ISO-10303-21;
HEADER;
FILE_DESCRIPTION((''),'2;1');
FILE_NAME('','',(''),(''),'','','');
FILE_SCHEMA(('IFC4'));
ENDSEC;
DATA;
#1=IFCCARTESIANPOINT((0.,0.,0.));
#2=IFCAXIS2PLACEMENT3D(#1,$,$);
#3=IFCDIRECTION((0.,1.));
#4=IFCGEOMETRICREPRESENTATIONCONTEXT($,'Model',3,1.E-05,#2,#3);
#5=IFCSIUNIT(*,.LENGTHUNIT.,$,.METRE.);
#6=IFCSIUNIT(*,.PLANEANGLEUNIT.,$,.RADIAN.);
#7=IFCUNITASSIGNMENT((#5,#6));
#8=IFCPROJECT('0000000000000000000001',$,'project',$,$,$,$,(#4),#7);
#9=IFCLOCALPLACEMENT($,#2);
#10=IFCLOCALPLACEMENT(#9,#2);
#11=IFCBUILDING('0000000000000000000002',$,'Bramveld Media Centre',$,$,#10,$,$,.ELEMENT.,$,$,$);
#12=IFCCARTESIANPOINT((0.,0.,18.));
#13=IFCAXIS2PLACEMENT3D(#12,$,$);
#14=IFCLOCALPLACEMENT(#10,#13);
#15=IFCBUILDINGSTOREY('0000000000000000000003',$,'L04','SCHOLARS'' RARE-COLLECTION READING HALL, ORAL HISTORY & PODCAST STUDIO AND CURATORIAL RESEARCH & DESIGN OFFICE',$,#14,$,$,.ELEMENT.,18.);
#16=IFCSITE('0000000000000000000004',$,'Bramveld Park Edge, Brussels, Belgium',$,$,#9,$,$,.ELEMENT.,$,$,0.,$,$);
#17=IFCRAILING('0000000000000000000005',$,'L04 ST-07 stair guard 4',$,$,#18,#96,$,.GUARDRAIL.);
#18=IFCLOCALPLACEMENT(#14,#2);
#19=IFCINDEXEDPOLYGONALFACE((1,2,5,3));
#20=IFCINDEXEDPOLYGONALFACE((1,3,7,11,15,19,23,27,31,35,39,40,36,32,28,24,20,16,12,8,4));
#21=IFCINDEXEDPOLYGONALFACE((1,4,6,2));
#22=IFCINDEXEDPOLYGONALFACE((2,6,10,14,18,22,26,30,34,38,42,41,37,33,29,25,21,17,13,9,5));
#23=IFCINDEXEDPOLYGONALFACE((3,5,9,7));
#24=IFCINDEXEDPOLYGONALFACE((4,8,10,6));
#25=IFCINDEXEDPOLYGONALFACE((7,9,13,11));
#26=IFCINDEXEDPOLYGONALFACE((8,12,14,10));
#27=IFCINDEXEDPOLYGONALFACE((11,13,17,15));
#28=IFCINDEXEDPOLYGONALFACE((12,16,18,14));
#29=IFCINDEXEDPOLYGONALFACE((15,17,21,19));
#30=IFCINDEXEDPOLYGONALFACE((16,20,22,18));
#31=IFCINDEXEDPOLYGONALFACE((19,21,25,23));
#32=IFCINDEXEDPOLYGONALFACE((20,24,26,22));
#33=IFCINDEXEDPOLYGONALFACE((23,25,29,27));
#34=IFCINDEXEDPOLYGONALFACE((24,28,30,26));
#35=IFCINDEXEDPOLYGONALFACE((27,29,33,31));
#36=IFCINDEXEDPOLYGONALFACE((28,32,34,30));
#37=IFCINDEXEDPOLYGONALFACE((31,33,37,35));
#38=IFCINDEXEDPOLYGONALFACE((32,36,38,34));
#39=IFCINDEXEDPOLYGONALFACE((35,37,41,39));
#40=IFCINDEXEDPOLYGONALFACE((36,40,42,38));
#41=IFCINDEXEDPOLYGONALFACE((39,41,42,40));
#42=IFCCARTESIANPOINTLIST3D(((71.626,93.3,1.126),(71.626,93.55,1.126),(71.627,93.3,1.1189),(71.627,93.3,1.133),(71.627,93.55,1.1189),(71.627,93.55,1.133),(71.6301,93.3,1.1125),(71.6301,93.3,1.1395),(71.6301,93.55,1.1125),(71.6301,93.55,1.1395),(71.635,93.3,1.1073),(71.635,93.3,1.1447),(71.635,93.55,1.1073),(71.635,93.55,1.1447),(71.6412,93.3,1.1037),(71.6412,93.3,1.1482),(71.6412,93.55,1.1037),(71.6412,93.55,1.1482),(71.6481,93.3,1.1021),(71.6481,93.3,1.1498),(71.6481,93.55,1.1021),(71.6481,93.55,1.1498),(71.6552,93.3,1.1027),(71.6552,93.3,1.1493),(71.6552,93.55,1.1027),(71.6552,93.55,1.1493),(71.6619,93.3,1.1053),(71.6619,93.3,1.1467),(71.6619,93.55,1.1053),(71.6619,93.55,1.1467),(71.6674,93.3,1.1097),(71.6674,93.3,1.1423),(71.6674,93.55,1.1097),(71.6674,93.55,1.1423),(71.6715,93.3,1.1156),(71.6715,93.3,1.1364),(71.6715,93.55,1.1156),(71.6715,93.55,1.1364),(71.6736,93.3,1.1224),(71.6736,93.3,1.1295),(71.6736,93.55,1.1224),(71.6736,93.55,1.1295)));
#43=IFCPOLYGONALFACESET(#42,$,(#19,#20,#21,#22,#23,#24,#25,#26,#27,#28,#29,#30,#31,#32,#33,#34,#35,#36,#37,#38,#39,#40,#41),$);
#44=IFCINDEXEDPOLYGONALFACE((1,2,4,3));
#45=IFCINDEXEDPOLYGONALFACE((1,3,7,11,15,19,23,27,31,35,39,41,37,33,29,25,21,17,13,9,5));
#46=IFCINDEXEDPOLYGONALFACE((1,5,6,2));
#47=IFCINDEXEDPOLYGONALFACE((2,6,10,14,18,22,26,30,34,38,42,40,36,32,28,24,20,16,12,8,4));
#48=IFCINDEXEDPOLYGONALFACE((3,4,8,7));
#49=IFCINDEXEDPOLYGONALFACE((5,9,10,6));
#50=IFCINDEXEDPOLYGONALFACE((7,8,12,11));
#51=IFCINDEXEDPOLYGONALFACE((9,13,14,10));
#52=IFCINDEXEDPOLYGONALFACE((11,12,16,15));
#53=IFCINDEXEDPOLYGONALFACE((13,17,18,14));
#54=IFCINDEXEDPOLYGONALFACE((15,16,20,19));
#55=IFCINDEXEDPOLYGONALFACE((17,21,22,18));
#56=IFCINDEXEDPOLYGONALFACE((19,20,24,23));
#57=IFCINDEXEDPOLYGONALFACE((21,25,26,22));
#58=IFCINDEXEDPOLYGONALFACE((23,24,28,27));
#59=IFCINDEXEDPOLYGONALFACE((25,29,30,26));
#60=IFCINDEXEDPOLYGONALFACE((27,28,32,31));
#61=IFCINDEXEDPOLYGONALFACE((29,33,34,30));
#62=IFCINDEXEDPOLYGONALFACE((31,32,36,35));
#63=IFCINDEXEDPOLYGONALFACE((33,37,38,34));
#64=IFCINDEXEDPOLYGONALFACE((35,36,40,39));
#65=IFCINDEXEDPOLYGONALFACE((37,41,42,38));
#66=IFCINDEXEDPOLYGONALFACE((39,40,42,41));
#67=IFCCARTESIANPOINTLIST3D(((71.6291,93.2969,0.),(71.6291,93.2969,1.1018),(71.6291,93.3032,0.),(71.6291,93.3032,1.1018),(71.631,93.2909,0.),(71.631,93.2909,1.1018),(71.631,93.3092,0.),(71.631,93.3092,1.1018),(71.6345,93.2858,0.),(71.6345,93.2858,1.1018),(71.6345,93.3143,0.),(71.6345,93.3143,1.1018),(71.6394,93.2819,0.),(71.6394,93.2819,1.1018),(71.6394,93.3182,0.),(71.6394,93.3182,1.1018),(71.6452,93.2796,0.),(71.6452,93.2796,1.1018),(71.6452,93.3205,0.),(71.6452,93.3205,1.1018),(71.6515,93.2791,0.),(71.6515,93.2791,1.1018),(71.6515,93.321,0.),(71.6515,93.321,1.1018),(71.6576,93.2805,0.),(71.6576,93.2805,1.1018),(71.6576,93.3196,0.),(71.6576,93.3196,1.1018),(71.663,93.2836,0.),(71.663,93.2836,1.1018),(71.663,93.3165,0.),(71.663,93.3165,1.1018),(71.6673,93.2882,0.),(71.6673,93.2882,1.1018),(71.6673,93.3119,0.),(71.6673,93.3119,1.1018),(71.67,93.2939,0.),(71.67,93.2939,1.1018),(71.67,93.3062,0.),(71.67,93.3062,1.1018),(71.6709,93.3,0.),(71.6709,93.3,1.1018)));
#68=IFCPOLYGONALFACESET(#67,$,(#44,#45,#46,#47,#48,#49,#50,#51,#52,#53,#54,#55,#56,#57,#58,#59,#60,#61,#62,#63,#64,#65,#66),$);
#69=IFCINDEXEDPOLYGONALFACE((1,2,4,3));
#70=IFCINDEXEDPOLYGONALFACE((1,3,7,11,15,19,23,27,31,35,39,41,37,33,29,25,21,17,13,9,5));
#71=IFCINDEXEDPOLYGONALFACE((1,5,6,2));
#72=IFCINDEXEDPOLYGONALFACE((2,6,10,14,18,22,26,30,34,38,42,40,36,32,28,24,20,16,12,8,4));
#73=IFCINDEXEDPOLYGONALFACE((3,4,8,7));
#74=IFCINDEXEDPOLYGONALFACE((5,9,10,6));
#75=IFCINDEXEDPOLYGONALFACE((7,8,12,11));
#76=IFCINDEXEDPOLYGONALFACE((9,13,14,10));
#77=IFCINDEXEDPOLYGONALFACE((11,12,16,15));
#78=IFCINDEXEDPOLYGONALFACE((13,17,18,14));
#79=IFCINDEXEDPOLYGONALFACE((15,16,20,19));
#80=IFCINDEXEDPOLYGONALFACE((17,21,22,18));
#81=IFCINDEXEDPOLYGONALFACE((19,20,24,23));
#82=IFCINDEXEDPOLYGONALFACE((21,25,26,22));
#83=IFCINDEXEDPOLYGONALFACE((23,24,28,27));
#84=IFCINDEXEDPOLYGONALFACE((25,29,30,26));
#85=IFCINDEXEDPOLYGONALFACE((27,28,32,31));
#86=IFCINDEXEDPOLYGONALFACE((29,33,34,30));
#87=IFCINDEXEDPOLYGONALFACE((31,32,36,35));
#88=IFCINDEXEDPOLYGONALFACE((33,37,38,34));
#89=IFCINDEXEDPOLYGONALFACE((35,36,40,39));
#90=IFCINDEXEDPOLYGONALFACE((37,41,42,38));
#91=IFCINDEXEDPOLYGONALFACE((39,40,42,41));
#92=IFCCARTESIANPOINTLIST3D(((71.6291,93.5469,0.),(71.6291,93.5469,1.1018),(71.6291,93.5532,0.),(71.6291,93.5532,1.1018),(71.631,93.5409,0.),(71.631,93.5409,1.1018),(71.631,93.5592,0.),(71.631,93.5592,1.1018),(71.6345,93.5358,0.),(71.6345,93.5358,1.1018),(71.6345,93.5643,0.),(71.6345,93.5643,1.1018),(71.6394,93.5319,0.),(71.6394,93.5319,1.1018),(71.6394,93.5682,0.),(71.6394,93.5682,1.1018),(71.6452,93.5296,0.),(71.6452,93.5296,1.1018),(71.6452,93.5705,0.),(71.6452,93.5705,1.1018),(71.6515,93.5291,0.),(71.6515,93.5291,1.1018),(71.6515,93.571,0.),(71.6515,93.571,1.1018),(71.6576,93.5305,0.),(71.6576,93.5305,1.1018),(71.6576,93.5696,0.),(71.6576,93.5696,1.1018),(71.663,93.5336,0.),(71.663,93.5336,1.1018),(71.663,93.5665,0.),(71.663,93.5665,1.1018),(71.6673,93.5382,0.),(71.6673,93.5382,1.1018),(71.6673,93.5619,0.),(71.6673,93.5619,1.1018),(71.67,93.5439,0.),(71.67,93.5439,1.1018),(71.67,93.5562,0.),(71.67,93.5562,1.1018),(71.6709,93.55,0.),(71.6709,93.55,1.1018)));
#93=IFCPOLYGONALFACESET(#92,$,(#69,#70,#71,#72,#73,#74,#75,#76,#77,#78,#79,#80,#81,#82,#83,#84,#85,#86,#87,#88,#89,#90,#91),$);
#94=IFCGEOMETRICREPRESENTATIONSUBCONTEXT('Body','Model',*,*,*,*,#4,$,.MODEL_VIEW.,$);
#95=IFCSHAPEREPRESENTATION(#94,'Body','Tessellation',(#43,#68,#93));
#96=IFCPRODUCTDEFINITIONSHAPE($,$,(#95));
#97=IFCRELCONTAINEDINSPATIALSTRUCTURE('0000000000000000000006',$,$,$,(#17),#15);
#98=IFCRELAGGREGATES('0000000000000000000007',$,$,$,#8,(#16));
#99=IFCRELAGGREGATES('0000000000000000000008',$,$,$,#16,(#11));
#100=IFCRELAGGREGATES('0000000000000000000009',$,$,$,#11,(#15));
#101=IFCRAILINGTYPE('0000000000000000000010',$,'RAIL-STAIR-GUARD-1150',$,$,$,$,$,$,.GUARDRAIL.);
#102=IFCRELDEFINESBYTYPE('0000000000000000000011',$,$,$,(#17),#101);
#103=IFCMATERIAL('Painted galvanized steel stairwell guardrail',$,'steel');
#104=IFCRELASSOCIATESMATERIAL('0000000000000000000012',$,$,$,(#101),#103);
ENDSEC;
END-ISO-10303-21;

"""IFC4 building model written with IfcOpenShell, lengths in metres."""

from ifc_helpers import new_model, si_unit, direction, frame, origin, origin_2d, place, context, subcontext, project, spatial, circle, extrude, material, type_object, element, save


model = new_model("IFC4")

# Units and contexts
model_context = context("Model", 3, precision=1e-05, world=origin(), true_north=direction((0.0, 1.0)))
body_context = subcontext(model_context, "Body", "Model", "MODEL_VIEW")
ifc_project = project(units=[si_unit("LENGTHUNIT", "METRE"), si_unit("PLANEANGLEUNIT", "RADIAN")], contexts=[model_context])

# Site, building, storey
site_placement = place(None, origin())
site = spatial("IfcSite", under=ifc_project, at=site_placement, Name="Bramveld Park Edge, Brussels, Belgium", CompositionType="ELEMENT", RefElevation=0.0)
building_placement = place(site_placement, origin())
building = spatial("IfcBuilding", under=site, at=building_placement, Name="Bramveld Media Centre", CompositionType="ELEMENT")
storey_placement = place(building_placement, frame((0.0, 0.0, 18.0)))
storey = spatial("IfcBuildingStorey", under=building, at=storey_placement, Name="L04", Description="SCHOLARS' RARE-COLLECTION READING HALL, ORAL HISTORY & PODCAST STUDIO AND CURATORIAL RESEARCH & DESIGN OFFICE", CompositionType="ELEMENT", Elevation=18.0)

# Railing
ifc_material_1 = material(Name="Painted galvanized steel stairwell guardrail", Category="steel")
railing_type_1 = type_object("IfcRailingType", Name="RAIL-STAIR-GUARD-1150", PredefinedType="GUARDRAIL", material=ifc_material_1)
railing_1_placement = place(storey_placement, frame((71.6499, 93.3, 0.0)))
element("IfcRailing", 1, at=railing_1_placement, inside=storey, type_object=railing_type_1, Name="L04 ST-07 stair guard 4", PredefinedType="GUARDRAIL", context=body_context, shape_type="SweptSolid", body=[
    extrude(circle(Radius=0.0239, at=origin_2d()), frame((0.0, 0.0, 1.126), z_axis=(0.0, 1.0, 0.0), x_axis=(-1.0, 0.0, 0.0)), (0.0, 0.0, 1.0), 0.25),
    extrude(circle(Radius=0.021, at=origin_2d()), origin(), (0.0, 0.0, 1.0), 1.1018),
    extrude(circle(Radius=0.021, at=origin_2d()), frame((0.0, 0.25, 0.0)), (0.0, 0.0, 1.0), 1.1018),
])

save(model, "model.ifc")
